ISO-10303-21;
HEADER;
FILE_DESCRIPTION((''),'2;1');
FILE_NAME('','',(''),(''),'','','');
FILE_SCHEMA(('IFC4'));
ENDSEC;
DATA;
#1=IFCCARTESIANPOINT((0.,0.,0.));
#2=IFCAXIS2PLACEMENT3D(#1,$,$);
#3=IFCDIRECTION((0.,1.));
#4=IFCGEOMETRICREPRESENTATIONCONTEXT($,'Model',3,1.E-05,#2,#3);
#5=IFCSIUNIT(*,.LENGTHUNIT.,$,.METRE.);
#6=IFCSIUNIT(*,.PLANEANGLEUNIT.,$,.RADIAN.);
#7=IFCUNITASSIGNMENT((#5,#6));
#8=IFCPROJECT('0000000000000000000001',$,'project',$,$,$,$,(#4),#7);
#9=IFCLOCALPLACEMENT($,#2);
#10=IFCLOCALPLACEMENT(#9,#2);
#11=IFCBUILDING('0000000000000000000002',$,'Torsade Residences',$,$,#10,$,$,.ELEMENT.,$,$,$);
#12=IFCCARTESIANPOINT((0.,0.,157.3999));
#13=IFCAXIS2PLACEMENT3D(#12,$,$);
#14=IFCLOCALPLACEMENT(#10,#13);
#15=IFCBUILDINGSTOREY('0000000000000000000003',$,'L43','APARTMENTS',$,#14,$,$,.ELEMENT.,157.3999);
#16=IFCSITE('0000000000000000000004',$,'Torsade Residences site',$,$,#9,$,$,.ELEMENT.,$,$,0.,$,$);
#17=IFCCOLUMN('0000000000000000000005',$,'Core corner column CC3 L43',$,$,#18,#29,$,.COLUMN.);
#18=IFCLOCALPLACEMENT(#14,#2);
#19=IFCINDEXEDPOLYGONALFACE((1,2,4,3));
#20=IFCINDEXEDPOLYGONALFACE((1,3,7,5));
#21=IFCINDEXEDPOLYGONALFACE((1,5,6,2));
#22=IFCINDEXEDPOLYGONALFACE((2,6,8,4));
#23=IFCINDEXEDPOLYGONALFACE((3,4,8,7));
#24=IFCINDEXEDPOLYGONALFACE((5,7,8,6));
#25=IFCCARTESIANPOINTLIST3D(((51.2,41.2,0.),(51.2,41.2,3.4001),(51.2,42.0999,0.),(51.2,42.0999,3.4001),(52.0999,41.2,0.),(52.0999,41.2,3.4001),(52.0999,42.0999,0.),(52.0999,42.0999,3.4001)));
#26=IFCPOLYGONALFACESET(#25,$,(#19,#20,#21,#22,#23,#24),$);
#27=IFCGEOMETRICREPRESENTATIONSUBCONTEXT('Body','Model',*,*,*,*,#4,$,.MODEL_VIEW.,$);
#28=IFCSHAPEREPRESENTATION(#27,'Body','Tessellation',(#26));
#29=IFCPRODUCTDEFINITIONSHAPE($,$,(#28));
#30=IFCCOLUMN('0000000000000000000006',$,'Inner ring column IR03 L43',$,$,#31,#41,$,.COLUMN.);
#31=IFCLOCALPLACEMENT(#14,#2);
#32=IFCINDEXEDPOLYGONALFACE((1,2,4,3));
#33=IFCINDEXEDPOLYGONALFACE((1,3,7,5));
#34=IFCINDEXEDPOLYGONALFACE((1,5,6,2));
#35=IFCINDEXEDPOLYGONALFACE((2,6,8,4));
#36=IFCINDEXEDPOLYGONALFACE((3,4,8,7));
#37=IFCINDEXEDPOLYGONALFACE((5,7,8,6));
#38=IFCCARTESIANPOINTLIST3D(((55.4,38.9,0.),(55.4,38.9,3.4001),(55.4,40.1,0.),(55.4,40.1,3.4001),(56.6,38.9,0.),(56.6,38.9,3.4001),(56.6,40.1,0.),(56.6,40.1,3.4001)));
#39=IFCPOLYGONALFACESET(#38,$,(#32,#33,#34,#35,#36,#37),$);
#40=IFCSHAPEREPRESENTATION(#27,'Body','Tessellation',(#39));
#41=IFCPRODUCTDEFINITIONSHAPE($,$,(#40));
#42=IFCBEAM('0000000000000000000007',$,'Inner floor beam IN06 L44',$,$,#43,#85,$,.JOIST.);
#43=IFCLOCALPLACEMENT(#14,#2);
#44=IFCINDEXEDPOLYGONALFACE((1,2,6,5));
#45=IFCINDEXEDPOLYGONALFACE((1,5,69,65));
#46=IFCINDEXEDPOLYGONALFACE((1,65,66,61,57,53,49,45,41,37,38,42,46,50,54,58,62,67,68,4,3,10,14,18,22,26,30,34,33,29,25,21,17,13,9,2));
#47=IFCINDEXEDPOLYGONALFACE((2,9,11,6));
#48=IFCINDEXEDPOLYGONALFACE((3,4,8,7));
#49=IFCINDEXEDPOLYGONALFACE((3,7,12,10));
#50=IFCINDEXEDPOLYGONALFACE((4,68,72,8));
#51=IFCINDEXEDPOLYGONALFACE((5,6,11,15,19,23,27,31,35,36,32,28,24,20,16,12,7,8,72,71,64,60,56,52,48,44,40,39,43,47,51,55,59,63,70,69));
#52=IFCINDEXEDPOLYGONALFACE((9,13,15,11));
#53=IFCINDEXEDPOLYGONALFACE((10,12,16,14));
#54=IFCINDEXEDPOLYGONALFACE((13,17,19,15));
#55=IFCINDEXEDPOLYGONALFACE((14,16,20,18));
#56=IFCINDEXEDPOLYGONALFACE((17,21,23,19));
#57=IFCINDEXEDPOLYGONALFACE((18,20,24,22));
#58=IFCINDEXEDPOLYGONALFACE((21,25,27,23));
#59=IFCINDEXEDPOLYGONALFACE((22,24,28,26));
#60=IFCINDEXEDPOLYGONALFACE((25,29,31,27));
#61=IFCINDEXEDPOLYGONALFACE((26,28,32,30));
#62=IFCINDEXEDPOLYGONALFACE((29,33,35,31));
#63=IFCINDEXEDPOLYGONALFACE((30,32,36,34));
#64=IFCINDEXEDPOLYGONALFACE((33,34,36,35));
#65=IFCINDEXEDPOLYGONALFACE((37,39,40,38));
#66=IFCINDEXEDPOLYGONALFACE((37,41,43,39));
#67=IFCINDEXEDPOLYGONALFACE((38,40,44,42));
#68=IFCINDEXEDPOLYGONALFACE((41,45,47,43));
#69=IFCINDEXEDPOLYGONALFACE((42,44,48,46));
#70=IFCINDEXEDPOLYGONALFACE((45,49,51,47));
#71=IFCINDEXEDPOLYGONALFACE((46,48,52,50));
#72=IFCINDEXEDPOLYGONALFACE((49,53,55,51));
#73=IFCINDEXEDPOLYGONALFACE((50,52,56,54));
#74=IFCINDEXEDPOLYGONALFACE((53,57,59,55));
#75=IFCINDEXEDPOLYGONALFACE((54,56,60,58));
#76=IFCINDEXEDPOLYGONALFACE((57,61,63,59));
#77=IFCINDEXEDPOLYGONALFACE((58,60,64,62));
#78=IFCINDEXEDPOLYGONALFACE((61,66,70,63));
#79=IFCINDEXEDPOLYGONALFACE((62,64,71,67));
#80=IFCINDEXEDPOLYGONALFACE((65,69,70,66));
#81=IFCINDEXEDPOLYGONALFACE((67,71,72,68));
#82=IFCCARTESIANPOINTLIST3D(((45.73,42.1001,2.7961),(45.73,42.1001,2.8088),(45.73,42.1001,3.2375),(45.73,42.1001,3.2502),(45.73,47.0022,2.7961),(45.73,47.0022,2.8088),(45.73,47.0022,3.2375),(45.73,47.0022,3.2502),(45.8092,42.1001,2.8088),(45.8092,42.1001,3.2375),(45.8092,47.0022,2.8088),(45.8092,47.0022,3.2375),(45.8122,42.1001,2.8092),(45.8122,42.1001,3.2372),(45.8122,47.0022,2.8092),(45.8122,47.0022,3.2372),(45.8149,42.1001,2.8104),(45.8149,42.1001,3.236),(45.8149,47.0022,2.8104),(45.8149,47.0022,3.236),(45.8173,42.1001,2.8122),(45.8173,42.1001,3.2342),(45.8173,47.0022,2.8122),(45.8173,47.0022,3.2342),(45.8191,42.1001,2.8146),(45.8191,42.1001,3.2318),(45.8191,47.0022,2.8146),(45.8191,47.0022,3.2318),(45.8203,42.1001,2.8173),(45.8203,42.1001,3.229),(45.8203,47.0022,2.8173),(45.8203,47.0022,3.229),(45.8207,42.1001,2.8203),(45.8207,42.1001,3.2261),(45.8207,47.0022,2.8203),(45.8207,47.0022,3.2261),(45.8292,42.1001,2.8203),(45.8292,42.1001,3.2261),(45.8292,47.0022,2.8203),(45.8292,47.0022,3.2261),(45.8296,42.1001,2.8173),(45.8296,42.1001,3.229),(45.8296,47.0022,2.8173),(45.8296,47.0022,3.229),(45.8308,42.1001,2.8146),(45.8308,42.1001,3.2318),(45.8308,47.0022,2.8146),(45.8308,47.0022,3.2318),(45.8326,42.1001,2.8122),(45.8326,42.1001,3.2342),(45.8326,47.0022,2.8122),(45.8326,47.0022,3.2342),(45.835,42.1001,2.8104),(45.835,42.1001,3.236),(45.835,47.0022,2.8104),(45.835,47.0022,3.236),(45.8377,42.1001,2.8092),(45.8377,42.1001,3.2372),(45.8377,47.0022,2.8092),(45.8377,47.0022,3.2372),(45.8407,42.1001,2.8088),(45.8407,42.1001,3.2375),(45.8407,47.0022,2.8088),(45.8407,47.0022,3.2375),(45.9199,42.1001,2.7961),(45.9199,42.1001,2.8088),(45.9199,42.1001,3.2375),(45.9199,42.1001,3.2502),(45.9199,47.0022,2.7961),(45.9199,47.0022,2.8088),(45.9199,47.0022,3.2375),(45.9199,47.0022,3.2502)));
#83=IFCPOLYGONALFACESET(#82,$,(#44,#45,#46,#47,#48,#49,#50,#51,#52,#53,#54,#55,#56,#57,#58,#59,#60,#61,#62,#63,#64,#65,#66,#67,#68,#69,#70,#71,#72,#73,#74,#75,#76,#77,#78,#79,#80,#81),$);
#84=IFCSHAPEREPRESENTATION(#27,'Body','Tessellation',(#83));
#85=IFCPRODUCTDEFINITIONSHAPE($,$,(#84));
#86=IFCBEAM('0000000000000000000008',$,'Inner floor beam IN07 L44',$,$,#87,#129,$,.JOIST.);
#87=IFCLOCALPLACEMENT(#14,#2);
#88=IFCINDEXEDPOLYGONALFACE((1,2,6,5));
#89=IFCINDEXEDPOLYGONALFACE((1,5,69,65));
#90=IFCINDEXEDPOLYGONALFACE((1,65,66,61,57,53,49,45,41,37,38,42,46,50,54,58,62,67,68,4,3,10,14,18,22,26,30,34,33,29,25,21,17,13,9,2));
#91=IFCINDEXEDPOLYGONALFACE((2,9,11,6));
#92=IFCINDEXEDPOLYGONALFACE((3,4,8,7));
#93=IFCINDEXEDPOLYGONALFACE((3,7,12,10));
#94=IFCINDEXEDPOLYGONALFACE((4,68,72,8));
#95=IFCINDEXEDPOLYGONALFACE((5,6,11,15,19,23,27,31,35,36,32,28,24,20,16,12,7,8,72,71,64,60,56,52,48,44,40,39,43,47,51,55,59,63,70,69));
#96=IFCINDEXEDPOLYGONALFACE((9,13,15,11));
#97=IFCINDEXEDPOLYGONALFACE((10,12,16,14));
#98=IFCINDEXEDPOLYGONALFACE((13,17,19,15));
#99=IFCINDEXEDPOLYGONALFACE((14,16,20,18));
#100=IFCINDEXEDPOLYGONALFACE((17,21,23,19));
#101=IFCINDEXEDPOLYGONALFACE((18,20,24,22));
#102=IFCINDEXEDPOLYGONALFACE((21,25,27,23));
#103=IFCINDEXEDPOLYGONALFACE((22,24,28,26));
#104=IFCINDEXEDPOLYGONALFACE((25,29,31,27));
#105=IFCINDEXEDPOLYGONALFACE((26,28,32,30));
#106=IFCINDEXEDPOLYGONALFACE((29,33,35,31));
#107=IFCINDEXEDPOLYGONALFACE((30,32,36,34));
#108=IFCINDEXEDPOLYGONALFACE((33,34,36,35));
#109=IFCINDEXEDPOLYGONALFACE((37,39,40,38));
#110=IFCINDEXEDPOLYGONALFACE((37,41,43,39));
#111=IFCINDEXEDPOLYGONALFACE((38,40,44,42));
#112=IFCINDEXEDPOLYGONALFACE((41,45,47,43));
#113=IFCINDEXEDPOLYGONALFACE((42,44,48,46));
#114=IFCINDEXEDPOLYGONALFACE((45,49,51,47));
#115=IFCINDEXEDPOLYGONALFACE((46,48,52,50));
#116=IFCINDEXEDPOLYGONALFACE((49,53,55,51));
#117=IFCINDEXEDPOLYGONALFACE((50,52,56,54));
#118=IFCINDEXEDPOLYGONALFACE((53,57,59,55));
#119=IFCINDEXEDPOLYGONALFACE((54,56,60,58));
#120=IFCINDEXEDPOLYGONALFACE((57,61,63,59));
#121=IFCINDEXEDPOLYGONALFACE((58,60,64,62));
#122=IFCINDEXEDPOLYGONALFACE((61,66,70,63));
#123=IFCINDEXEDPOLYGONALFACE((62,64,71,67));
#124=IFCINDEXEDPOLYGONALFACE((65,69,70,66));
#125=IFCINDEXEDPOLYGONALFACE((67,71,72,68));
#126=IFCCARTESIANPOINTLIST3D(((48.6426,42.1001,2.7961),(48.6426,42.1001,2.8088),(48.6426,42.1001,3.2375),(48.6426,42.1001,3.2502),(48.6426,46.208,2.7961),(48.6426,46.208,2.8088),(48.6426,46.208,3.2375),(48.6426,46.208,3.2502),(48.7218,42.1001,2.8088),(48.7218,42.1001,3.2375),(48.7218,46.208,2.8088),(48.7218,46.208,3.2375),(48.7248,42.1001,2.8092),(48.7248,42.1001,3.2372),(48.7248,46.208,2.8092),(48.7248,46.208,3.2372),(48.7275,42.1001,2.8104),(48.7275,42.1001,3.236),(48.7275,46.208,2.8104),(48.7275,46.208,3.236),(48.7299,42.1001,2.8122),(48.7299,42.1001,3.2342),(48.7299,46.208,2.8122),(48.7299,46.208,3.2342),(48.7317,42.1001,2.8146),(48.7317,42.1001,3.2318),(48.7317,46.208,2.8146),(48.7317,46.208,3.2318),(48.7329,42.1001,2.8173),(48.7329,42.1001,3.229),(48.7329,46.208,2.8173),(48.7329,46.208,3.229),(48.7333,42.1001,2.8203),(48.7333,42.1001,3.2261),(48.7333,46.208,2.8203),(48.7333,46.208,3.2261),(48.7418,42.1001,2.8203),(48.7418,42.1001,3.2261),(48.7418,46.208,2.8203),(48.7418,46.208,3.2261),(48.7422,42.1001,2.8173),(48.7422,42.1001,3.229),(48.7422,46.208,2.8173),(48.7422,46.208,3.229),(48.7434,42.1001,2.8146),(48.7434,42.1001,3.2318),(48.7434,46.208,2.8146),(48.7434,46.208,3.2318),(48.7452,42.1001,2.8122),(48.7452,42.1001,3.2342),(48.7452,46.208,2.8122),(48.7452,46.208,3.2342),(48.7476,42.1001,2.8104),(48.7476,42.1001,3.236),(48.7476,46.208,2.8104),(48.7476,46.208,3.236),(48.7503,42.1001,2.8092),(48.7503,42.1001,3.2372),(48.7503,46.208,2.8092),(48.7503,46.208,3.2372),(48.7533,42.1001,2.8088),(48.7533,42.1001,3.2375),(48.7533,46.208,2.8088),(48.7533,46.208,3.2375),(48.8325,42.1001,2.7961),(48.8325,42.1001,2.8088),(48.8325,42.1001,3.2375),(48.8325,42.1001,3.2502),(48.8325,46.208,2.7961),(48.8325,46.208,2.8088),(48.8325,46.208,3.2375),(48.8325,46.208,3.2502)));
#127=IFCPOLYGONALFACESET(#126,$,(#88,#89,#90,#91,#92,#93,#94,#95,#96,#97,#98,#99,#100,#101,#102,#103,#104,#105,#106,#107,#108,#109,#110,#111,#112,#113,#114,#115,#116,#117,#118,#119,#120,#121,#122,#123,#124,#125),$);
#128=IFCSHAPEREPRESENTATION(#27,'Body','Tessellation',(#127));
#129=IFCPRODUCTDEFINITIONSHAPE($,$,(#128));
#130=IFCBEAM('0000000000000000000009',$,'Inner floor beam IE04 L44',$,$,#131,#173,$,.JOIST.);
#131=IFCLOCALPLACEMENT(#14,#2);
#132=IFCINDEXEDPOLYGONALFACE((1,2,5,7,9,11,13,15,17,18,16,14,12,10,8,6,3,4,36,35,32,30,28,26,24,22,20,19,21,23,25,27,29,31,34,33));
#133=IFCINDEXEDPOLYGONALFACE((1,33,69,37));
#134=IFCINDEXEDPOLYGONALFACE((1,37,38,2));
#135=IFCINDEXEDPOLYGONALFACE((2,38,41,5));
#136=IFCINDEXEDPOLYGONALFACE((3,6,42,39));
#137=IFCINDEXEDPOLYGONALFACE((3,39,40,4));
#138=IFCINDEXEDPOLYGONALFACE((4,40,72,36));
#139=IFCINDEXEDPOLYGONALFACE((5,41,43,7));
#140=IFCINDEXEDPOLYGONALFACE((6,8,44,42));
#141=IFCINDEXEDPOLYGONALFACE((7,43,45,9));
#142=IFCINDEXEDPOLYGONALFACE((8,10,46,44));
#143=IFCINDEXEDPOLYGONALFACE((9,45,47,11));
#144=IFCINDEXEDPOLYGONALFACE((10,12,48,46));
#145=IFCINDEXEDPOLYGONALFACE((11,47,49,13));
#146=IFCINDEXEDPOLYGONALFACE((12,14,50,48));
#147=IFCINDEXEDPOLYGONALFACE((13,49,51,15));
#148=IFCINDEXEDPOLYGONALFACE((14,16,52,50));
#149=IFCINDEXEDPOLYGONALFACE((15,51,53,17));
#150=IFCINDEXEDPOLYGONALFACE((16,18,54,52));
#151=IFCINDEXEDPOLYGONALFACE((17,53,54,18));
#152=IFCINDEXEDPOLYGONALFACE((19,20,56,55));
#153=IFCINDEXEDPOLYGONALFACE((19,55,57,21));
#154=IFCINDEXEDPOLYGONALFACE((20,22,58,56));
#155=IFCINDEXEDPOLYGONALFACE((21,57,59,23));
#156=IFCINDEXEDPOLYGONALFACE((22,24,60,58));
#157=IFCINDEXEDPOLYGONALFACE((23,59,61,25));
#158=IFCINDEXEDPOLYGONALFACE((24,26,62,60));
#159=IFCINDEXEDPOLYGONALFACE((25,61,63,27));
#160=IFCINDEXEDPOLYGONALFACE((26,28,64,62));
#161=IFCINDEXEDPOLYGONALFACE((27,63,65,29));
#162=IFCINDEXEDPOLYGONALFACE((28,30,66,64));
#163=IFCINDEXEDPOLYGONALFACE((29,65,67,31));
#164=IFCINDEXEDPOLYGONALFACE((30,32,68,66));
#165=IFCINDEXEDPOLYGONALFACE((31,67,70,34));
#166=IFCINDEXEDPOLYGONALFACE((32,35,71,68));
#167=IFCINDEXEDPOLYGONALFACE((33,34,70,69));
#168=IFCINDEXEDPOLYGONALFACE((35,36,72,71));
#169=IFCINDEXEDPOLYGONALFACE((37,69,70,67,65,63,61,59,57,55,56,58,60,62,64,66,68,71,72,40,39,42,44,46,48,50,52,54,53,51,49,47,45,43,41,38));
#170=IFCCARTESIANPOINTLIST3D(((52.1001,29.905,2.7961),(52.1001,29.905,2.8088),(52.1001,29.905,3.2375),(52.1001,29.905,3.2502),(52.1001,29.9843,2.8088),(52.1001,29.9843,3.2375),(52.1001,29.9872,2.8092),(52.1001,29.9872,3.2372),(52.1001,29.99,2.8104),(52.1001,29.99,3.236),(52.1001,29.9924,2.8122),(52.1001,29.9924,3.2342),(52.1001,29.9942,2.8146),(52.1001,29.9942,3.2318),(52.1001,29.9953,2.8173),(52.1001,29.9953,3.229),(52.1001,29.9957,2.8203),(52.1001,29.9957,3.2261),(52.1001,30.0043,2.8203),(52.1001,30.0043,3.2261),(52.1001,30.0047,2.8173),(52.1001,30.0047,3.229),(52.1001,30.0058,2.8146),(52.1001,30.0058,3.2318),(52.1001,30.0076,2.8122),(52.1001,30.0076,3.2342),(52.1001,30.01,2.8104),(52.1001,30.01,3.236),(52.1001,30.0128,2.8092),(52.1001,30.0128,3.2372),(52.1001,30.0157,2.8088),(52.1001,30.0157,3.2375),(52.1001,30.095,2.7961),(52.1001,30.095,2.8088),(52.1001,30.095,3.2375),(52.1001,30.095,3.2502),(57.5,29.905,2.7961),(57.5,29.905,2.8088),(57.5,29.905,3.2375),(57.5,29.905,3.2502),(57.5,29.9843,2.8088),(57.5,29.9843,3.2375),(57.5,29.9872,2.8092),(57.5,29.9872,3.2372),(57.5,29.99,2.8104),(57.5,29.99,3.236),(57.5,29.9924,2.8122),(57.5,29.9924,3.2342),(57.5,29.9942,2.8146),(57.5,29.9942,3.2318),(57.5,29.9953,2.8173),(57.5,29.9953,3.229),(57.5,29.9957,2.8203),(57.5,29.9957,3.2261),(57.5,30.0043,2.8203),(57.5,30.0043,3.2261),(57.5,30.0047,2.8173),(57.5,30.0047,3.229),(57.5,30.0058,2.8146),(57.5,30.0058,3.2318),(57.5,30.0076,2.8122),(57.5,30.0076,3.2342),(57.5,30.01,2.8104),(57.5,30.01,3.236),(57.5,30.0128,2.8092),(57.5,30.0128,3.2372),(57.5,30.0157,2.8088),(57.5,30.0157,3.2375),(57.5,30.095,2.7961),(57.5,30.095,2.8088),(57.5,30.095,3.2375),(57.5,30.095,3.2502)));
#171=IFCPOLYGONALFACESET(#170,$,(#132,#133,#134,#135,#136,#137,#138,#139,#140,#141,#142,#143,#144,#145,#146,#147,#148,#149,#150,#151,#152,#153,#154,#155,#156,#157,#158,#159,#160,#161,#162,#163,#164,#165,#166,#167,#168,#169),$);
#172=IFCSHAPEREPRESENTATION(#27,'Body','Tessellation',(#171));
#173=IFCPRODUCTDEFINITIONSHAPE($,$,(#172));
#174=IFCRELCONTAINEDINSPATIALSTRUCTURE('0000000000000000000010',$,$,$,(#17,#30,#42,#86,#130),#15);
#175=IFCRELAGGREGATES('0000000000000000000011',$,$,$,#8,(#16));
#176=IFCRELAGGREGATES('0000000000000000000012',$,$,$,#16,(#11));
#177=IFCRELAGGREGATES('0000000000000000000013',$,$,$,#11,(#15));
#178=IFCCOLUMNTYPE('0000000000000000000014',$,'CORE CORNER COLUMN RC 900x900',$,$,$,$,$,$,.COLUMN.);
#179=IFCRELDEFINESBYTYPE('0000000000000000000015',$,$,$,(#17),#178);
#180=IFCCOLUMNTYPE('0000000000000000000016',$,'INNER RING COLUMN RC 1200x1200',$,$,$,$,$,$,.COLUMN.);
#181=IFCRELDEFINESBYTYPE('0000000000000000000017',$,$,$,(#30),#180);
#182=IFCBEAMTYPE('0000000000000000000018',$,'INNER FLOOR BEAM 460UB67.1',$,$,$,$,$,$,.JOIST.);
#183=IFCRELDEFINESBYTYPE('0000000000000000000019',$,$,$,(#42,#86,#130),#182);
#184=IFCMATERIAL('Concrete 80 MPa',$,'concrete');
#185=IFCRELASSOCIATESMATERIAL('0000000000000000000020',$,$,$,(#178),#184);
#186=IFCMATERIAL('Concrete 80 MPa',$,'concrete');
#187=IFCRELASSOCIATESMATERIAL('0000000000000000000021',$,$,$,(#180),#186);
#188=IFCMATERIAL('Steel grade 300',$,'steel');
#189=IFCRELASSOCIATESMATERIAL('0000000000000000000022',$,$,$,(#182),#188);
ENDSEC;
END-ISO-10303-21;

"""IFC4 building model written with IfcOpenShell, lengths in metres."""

from ifc_helpers import new_model, si_unit, direction, frame, origin, origin_2d, place, context, subcontext, project, spatial, rectangle, i_section, extrude, material, material_profile, profile_set, type_object, element, save


model = new_model("IFC4")

# Units and contexts
model_context = context("Model", 3, precision=1e-05, world=origin(), true_north=direction((0.0, 1.0)))
body_context = subcontext(model_context, "Body", "Model", "MODEL_VIEW")
ifc_project = project(units=[si_unit("LENGTHUNIT", "METRE"), si_unit("PLANEANGLEUNIT", "RADIAN")], contexts=[model_context])

# Site, building, storey
site_placement = place(None, origin())
site = spatial("IfcSite", under=ifc_project, at=site_placement, Name="Torsade Residences site", CompositionType="ELEMENT", RefElevation=0.0)
building_placement = place(site_placement, origin())
building = spatial("IfcBuilding", under=site, at=building_placement, Name="Torsade Residences", CompositionType="ELEMENT")
storey_placement = place(building_placement, frame((0.0, 0.0, 157.3999)))
storey = spatial("IfcBuildingStorey", under=building, at=storey_placement, Name="L43", Description="APARTMENTS", CompositionType="ELEMENT", Elevation=157.3999)

# Columns
ifc_material_1 = material(Name="Concrete 80 MPa", Category="concrete")
ifc_material_profile_1 = material_profile(ifc_material_1, rectangle(XDim=0.8999, YDim=0.8999, at=origin_2d()), Name="RC 900x900")
ifc_profile_set_1 = profile_set([ifc_material_profile_1], Name="Concrete 80 MPa")
column_type_1 = type_object("IfcColumnType", Name="CORE CORNER COLUMN RC 900x900", PredefinedType="COLUMN", material=ifc_profile_set_1)
column_1_placement = place(storey_placement, frame((51.6499, 41.6499, 0.0), z_axis=(0.0, 0.0, 1.0), x_axis=(1.0, 0.0, 0.0)))
element("IfcColumn", 1, at=column_1_placement, inside=storey, type_object=column_type_1, Name="Core corner column CC3 L43", PredefinedType="COLUMN", context=body_context, shape_type="SweptSolid", body=[
    extrude(rectangle(XDim=0.8999, YDim=0.8999, at=origin_2d()), origin(), (0.0, 0.0, 1.0), 3.4001),
])
ifc_material_2 = material(Name="Concrete 80 MPa", Category="concrete")
ifc_material_profile_2 = material_profile(ifc_material_2, rectangle(XDim=1.2, YDim=1.2, at=origin_2d()), Name="RC 1200x1200")
ifc_profile_set_2 = profile_set([ifc_material_profile_2], Name="Concrete 80 MPa")
column_type_2 = type_object("IfcColumnType", Name="INNER RING COLUMN RC 1200x1200", PredefinedType="COLUMN", material=ifc_profile_set_2)
column_2_placement = place(storey_placement, frame((56.0, 39.5, 0.0), z_axis=(0.0, 0.0, 1.0), x_axis=(1.0, 0.0, 0.0)))
element("IfcColumn", 2, at=column_2_placement, inside=storey, type_object=column_type_2, Name="Inner ring column IR03 L43", PredefinedType="COLUMN", context=body_context, shape_type="SweptSolid", body=[
    extrude(rectangle(XDim=1.2, YDim=1.2, at=origin_2d()), origin(), (0.0, 0.0, 1.0), 3.4001),
])

# Beams
ifc_material_3 = material(Name="Steel grade 300", Category="steel")
ifc_material_profile_3 = material_profile(ifc_material_3, i_section(OverallWidth=0.1899, OverallDepth=0.4541, WebThickness=0.0085, FlangeThickness=0.0127, FilletRadius=0.0115, at=origin_2d()), Name="460UB67.1")
ifc_profile_set_3 = profile_set([ifc_material_profile_3], Name="Steel grade 300")
beam_type_1 = type_object("IfcBeamType", Name="INNER FLOOR BEAM 460UB67.1", PredefinedType="JOIST", material=ifc_profile_set_3)
beam_1_placement = place(storey_placement, frame((45.825, 42.1001, 3.0232), z_axis=(0.0, 1.0, 0.0), x_axis=(-1.0, 0.0, 0.0)))
element("IfcBeam", 3, at=beam_1_placement, inside=storey, type_object=beam_type_1, Name="Inner floor beam IN06 L44", PredefinedType="JOIST", context=body_context, shape_type="SweptSolid", body=[
    extrude(i_section(OverallWidth=0.1899, OverallDepth=0.4541, WebThickness=0.0085, FlangeThickness=0.0127, FilletRadius=0.0115, at=origin_2d()), origin(), (0.0, 0.0, 1.0), 4.9021),
])
beam_2_placement = place(storey_placement, frame((48.7375, 42.1001, 3.0232), z_axis=(0.0, 1.0, 0.0), x_axis=(-1.0, 0.0, 0.0)))
element("IfcBeam", 4, at=beam_2_placement, inside=storey, type_object=beam_type_1, Name="Inner floor beam IN07 L44", PredefinedType="JOIST", context=body_context, shape_type="SweptSolid", body=[
    extrude(i_section(OverallWidth=0.1899, OverallDepth=0.4541, WebThickness=0.0085, FlangeThickness=0.0127, FilletRadius=0.0115, at=origin_2d()), origin(), (0.0, 0.0, 1.0), 4.1079),
])
for number, where, z_axis, x_axis, name in (
    (5, (52.1001, 30.0, 3.0232), (1.0, 0.0, 0.0), (0.0, 1.0, 0.0), "Inner floor beam IE04 L44"),
):
    element("IfcBeam", number, at=place(storey_placement, frame(where, z_axis=z_axis, x_axis=x_axis)), inside=storey, type_object=beam_type_1, Name=name, PredefinedType="JOIST", context=body_context, shape_type="SweptSolid", body=[
        extrude(i_section(OverallWidth=0.1899, OverallDepth=0.4541, WebThickness=0.0085, FlangeThickness=0.0127, FilletRadius=0.0115, at=origin_2d()), origin(), (0.0, 0.0, 1.0), 5.3999),
    ])

save(model, "model.ifc")
